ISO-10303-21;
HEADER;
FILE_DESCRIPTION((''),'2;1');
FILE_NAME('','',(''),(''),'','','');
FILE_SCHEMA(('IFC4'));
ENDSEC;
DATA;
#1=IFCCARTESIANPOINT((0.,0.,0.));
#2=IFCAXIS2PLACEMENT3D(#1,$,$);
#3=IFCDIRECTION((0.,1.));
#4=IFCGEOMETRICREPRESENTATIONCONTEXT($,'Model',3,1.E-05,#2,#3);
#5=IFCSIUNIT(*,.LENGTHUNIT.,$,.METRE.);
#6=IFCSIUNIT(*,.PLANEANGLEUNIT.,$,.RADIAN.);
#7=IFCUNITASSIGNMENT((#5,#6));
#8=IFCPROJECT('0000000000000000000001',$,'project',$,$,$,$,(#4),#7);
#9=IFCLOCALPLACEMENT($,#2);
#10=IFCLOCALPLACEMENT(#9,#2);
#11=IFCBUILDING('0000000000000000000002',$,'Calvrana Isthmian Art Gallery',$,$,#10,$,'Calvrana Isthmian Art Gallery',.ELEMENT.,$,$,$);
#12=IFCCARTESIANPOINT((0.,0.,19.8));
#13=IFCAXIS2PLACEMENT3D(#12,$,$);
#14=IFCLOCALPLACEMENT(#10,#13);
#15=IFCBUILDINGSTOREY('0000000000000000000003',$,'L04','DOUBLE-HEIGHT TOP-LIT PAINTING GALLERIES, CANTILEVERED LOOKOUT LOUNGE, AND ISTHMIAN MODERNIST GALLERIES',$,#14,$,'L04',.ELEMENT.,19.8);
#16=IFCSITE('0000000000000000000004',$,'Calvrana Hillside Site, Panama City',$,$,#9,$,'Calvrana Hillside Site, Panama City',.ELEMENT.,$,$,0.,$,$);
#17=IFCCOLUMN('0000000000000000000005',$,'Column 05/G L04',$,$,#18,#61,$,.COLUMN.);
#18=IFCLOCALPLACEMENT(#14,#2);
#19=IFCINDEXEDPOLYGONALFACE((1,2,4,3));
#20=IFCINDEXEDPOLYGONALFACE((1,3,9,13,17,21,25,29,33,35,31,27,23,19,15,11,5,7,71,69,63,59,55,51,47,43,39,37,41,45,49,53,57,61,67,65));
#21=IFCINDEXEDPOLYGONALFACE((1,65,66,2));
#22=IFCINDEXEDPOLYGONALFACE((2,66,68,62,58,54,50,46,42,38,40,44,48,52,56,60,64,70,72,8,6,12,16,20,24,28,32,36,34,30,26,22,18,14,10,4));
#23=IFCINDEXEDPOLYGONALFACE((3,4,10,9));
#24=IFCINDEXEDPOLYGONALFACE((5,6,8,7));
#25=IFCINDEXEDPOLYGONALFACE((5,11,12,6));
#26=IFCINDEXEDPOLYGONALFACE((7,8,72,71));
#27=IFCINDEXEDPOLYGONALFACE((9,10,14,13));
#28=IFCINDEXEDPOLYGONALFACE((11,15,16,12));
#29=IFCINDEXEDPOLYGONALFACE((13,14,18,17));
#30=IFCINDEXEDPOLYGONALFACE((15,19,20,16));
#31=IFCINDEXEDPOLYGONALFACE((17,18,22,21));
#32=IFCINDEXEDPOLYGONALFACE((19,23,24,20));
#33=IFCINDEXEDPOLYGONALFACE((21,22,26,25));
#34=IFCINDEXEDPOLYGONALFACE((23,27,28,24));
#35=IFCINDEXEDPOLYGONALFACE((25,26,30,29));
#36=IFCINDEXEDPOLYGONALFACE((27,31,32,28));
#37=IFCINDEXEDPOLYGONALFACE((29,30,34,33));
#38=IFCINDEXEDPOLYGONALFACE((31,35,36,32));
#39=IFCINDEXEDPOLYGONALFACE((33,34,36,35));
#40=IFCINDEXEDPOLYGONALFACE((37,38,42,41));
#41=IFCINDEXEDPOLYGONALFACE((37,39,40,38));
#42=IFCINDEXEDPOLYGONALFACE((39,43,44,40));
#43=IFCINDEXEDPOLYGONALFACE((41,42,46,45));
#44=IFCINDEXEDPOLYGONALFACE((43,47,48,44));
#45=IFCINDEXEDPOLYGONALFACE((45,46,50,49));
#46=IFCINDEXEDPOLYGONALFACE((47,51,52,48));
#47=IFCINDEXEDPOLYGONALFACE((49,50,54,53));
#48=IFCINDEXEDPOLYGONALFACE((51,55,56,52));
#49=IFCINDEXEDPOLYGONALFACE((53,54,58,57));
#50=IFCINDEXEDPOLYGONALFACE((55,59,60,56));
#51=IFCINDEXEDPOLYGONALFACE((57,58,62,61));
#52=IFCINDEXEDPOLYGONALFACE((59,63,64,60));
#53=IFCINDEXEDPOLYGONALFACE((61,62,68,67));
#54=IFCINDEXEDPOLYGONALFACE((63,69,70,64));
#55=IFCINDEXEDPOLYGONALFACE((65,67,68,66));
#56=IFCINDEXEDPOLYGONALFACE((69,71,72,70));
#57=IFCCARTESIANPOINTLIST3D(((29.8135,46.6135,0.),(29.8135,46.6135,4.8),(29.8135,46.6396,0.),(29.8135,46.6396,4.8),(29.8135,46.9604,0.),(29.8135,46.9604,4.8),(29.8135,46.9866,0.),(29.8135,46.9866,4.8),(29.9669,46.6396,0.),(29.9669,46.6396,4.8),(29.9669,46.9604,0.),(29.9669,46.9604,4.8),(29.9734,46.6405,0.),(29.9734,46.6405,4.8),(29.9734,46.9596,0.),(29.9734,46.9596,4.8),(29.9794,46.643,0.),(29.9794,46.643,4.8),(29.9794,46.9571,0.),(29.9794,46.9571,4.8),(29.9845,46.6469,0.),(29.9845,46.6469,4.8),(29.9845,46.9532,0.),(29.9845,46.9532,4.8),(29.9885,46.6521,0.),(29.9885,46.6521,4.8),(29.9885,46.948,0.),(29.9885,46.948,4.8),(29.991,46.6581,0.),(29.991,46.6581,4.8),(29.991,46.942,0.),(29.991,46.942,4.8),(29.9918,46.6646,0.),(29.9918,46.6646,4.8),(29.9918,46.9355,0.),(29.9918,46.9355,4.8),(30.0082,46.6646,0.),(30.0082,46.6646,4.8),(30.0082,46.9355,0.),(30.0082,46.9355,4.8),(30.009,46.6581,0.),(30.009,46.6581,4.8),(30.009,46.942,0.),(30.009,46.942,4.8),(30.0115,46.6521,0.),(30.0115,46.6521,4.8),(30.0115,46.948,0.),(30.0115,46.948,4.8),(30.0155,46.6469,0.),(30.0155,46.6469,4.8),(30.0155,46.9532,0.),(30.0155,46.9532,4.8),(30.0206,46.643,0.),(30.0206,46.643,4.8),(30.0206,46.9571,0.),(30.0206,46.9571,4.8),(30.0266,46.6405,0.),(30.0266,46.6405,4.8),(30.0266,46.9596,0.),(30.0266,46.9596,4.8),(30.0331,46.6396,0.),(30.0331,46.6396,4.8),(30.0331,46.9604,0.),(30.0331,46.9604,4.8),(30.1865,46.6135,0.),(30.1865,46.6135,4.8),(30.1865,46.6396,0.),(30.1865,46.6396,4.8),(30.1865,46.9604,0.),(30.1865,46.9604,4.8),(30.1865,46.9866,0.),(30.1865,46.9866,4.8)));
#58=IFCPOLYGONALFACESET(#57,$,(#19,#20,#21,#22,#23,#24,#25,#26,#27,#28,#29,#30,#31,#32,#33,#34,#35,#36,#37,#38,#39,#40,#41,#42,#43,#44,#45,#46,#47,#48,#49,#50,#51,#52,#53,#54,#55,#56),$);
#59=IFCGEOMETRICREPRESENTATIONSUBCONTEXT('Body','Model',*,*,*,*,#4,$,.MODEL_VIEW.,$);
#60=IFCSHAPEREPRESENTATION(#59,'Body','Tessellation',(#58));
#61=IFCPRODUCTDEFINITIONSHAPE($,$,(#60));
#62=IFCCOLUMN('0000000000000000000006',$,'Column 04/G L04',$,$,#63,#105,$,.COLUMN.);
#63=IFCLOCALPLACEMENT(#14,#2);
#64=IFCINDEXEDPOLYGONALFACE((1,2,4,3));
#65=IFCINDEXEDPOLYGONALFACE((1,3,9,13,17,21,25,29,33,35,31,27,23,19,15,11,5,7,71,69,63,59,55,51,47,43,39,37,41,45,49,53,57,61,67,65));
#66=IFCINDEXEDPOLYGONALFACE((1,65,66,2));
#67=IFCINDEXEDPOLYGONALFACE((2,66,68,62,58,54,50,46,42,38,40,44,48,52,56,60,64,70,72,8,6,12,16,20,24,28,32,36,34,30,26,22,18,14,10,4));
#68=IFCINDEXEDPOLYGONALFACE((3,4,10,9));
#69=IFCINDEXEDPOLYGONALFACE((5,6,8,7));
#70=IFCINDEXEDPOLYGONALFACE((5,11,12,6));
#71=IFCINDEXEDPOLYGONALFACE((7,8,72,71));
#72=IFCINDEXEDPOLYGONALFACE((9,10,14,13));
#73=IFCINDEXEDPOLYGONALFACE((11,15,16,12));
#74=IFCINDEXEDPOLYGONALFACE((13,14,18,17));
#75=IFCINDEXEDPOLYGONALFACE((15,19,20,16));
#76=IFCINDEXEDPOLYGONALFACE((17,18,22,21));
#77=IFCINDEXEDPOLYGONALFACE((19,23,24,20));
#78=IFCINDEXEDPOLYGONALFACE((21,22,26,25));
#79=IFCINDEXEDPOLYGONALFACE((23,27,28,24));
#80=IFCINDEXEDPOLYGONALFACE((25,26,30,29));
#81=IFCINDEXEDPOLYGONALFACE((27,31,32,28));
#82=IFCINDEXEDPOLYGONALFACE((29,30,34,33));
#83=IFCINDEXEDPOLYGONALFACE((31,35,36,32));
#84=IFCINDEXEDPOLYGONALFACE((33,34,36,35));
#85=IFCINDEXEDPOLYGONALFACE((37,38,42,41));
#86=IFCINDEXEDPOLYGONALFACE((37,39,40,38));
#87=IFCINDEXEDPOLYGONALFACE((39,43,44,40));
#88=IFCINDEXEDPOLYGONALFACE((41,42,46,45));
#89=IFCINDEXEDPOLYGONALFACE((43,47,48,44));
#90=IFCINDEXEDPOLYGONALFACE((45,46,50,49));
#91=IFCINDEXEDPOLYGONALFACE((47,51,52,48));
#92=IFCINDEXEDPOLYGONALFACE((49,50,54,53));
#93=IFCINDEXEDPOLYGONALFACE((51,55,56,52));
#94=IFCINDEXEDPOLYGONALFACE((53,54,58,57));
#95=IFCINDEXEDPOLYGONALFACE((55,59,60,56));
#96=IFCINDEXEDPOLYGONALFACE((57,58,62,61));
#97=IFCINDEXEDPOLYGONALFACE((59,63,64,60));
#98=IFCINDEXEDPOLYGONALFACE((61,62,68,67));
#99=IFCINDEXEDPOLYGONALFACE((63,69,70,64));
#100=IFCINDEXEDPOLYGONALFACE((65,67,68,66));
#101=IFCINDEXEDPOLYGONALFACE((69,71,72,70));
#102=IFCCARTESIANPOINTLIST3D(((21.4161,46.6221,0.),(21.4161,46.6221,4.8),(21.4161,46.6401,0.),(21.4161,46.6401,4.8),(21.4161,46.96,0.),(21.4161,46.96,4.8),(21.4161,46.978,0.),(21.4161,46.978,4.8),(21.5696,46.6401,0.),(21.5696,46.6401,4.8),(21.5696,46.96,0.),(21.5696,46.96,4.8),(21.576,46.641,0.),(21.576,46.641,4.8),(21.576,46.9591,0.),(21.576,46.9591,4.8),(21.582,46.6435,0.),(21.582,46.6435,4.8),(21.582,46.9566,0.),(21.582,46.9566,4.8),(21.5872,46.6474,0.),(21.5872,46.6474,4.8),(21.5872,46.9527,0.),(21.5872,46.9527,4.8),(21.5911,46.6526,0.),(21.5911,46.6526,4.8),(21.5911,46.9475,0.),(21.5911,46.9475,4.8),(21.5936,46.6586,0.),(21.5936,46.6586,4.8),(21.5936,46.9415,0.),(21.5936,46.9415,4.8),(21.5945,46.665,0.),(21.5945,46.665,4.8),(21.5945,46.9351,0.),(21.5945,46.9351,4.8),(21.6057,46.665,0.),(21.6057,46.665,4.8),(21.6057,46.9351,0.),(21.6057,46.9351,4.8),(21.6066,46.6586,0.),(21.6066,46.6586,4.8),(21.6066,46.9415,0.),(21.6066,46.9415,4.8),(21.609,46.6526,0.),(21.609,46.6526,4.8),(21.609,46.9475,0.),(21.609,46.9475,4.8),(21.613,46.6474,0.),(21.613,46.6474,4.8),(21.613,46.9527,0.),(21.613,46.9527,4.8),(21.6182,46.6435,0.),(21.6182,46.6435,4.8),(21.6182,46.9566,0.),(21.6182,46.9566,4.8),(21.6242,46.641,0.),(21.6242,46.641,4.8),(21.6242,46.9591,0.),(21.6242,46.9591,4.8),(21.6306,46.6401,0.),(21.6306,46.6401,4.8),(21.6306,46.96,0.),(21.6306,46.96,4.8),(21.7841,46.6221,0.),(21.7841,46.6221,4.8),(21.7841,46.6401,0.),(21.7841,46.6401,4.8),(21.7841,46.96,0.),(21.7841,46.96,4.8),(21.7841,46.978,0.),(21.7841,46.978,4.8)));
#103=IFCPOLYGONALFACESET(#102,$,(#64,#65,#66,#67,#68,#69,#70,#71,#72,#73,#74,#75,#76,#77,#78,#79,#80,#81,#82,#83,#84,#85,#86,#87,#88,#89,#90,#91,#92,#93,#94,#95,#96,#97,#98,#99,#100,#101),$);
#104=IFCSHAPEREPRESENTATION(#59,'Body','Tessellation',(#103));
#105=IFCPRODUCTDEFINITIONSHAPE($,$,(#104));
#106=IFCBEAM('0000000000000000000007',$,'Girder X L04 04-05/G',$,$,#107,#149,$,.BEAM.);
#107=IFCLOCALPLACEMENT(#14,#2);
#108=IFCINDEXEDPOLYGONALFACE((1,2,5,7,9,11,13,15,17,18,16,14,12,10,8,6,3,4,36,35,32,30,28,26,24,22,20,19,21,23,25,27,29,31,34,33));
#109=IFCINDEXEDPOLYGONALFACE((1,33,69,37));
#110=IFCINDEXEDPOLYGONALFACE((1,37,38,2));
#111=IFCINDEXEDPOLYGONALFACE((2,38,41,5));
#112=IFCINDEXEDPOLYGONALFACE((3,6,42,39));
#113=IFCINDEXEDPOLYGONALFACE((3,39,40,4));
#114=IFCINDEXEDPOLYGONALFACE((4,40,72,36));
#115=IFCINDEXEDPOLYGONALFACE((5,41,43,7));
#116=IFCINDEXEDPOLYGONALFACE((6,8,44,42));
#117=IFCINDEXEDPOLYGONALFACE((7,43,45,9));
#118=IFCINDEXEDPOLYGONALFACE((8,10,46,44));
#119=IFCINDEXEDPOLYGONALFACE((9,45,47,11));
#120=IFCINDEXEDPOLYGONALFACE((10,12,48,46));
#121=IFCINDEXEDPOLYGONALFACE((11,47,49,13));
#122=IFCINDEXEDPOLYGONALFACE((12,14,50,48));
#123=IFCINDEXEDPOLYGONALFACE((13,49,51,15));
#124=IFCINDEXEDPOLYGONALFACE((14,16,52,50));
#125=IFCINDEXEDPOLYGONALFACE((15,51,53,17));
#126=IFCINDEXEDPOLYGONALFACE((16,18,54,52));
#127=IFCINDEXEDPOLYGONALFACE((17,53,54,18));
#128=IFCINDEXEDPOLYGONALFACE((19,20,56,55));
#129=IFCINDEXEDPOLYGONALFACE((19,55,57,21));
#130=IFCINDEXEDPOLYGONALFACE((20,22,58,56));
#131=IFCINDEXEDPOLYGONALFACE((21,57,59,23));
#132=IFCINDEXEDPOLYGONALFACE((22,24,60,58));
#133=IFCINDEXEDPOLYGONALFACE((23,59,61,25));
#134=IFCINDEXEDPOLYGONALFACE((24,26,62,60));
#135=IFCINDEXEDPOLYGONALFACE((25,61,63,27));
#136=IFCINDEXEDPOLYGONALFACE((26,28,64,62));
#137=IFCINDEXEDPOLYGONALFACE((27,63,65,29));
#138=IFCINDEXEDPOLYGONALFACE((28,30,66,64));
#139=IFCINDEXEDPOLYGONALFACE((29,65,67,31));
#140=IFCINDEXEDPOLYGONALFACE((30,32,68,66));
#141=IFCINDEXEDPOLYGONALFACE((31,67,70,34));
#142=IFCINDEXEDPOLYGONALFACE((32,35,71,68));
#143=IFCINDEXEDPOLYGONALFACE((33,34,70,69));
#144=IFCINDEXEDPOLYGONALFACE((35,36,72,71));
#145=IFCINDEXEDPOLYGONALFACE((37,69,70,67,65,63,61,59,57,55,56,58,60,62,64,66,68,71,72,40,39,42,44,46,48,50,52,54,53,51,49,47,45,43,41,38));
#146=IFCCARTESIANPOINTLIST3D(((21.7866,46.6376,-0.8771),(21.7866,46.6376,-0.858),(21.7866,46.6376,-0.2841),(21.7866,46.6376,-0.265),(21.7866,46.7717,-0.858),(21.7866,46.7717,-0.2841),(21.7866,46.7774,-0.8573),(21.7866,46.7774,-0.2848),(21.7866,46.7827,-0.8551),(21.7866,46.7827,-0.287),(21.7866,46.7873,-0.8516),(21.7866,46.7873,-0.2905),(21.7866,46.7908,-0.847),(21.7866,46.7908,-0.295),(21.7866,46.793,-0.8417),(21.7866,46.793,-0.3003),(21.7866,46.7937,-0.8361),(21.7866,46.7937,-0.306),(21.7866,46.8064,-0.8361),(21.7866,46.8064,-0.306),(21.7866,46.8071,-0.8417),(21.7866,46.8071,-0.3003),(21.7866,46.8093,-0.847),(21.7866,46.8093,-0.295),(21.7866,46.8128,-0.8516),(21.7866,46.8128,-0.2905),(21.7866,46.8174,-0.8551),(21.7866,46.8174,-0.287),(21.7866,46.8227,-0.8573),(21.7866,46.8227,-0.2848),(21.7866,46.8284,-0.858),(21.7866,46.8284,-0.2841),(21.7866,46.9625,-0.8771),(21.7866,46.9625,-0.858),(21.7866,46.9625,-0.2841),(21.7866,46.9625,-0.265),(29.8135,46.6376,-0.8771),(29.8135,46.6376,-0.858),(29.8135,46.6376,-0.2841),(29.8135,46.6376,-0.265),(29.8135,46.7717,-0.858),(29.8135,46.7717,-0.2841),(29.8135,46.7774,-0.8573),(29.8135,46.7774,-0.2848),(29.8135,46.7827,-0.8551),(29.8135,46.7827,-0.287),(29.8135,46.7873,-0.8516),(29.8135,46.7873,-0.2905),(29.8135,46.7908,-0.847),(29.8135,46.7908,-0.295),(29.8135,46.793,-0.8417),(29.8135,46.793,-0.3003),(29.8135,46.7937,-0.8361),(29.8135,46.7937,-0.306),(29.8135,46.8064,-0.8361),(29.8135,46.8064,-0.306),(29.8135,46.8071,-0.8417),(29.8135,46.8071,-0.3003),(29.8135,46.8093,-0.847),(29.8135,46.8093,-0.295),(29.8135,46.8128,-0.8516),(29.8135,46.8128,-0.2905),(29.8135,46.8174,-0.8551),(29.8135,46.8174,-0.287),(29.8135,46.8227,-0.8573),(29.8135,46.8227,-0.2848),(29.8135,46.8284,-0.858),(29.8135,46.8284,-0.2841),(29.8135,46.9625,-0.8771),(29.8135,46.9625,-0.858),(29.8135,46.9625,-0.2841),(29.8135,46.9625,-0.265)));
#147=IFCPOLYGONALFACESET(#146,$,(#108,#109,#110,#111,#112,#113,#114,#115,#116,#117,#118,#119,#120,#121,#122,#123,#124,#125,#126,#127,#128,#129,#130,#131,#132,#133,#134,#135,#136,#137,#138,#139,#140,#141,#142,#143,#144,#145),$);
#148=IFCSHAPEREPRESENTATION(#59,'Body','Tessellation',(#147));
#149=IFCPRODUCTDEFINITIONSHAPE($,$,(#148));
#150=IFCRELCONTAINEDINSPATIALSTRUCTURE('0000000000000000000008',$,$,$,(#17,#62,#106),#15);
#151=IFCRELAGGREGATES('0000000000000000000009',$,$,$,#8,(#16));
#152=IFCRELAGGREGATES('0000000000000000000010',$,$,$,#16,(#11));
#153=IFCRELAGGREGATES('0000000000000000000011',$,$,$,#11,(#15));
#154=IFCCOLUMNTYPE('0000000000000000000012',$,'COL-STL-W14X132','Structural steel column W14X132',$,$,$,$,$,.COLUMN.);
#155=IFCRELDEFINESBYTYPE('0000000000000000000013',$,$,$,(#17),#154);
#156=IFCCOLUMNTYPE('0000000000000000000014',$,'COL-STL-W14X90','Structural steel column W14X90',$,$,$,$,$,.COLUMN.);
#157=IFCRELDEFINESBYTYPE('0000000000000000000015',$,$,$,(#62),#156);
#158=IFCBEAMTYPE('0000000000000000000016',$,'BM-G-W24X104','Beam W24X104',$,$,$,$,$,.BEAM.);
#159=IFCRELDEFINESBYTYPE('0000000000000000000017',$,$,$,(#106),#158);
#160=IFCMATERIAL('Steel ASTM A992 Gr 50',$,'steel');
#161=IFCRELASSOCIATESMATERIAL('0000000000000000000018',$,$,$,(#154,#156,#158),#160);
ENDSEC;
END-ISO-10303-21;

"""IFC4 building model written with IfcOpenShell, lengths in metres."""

from ifc_helpers import new_model, si_unit, direction, frame, origin, origin_2d, place, context, subcontext, project, spatial, i_section, extrude, material, material_profile, profile_set, type_object, element, save


model = new_model("IFC4")

# Units and contexts
model_context = context("Model", 3, precision=1e-05, world=origin(), true_north=direction((0.0, 1.0)))
body_context = subcontext(model_context, "Body", "Model", "MODEL_VIEW")
ifc_project = project(units=[si_unit("LENGTHUNIT", "METRE"), si_unit("PLANEANGLEUNIT", "RADIAN")], contexts=[model_context])

# Site, building, storey
site_placement = place(None, origin())
site = spatial("IfcSite", under=ifc_project, at=site_placement, Name="Calvrana Hillside Site, Panama City", LongName="Calvrana Hillside Site, Panama City", CompositionType="ELEMENT", RefElevation=0.0)
building_placement = place(site_placement, origin())
building = spatial("IfcBuilding", under=site, at=building_placement, Name="Calvrana Isthmian Art Gallery", LongName="Calvrana Isthmian Art Gallery", CompositionType="ELEMENT")
storey_placement = place(building_placement, frame((0.0, 0.0, 19.8)))
storey = spatial("IfcBuildingStorey", under=building, at=storey_placement, Name="L04", Description="DOUBLE-HEIGHT TOP-LIT PAINTING GALLERIES, CANTILEVERED LOOKOUT LOUNGE, AND ISTHMIAN MODERNIST GALLERIES", LongName="L04", CompositionType="ELEMENT", Elevation=19.8)

# Columns
ifc_material_1 = material(Name="Steel ASTM A992 Gr 50", Category="steel")
ifc_material_profile_1 = material_profile(ifc_material_1, i_section(OverallWidth=0.373, OverallDepth=0.373, WebThickness=0.0164, FlangeThickness=0.0261, FilletRadius=0.0249, at=origin_2d()), Name="W14X132")
ifc_profile_set_1 = profile_set([ifc_material_profile_1], Name="Steel ASTM A992 Gr 50")
column_type_1 = type_object("IfcColumnType", Name="COL-STL-W14X132", Description="Structural steel column W14X132", PredefinedType="COLUMN", material=ifc_profile_set_1)
column_1_placement = place(storey_placement, frame((30.0, 46.8, 0.0), z_axis=(0.0, 0.0, 1.0), x_axis=(1.0, 0.0, 0.0)))
element("IfcColumn", 1, at=column_1_placement, inside=storey, type_object=column_type_1, Name="Column 05/G L04", PredefinedType="COLUMN", context=body_context, shape_type="SweptSolid", body=[
    extrude(i_section(OverallWidth=0.373, OverallDepth=0.373, WebThickness=0.0164, FlangeThickness=0.0261, FilletRadius=0.0249, at=origin_2d()), origin(), (0.0, 0.0, 1.0), 4.8),
])
ifc_material_profile_2 = material_profile(ifc_material_1, i_section(OverallWidth=0.3679, OverallDepth=0.356, WebThickness=0.0112, FlangeThickness=0.0181, FilletRadius=0.0249, at=origin_2d()), Name="W14X90")
ifc_profile_set_2 = profile_set([ifc_material_profile_2], Name="Steel ASTM A992 Gr 50")
column_type_2 = type_object("IfcColumnType", Name="COL-STL-W14X90", Description="Structural steel column W14X90", PredefinedType="COLUMN", material=ifc_profile_set_2)
column_2_placement = place(storey_placement, frame((21.6001, 46.8, 0.0), z_axis=(0.0, 0.0, 1.0), x_axis=(1.0, 0.0, 0.0)))
element("IfcColumn", 2, at=column_2_placement, inside=storey, type_object=column_type_2, Name="Column 04/G L04", PredefinedType="COLUMN", context=body_context, shape_type="SweptSolid", body=[
    extrude(i_section(OverallWidth=0.3679, OverallDepth=0.356, WebThickness=0.0112, FlangeThickness=0.0181, FilletRadius=0.0249, at=origin_2d()), origin(), (0.0, 0.0, 1.0), 4.8),
])

# Beam
ifc_material_profile_3 = material_profile(ifc_material_1, i_section(OverallWidth=0.325, OverallDepth=0.6121, WebThickness=0.0127, FlangeThickness=0.019, FilletRadius=0.022, at=origin_2d()), Name="W24X104")
ifc_profile_set_3 = profile_set([ifc_material_profile_3], Name="Steel ASTM A992 Gr 50")
beam_type_1 = type_object("IfcBeamType", Name="BM-G-W24X104", Description="Beam W24X104", PredefinedType="BEAM", material=ifc_profile_set_3)
beam_1_placement = place(storey_placement, frame((21.7866, 46.8, -0.571), z_axis=(1.0, 0.0, 0.0), x_axis=(0.0, 1.0, 0.0)))
element("IfcBeam", 3, at=beam_1_placement, inside=storey, type_object=beam_type_1, Name="Girder X L04 04-05/G", PredefinedType="BEAM", context=body_context, shape_type="SweptSolid", body=[
    extrude(i_section(OverallWidth=0.325, OverallDepth=0.6121, WebThickness=0.0127, FlangeThickness=0.019, FilletRadius=0.022, at=origin_2d()), origin(), (0.0, 0.0, 1.0), 8.0269),
])

save(model, "model.ifc")
